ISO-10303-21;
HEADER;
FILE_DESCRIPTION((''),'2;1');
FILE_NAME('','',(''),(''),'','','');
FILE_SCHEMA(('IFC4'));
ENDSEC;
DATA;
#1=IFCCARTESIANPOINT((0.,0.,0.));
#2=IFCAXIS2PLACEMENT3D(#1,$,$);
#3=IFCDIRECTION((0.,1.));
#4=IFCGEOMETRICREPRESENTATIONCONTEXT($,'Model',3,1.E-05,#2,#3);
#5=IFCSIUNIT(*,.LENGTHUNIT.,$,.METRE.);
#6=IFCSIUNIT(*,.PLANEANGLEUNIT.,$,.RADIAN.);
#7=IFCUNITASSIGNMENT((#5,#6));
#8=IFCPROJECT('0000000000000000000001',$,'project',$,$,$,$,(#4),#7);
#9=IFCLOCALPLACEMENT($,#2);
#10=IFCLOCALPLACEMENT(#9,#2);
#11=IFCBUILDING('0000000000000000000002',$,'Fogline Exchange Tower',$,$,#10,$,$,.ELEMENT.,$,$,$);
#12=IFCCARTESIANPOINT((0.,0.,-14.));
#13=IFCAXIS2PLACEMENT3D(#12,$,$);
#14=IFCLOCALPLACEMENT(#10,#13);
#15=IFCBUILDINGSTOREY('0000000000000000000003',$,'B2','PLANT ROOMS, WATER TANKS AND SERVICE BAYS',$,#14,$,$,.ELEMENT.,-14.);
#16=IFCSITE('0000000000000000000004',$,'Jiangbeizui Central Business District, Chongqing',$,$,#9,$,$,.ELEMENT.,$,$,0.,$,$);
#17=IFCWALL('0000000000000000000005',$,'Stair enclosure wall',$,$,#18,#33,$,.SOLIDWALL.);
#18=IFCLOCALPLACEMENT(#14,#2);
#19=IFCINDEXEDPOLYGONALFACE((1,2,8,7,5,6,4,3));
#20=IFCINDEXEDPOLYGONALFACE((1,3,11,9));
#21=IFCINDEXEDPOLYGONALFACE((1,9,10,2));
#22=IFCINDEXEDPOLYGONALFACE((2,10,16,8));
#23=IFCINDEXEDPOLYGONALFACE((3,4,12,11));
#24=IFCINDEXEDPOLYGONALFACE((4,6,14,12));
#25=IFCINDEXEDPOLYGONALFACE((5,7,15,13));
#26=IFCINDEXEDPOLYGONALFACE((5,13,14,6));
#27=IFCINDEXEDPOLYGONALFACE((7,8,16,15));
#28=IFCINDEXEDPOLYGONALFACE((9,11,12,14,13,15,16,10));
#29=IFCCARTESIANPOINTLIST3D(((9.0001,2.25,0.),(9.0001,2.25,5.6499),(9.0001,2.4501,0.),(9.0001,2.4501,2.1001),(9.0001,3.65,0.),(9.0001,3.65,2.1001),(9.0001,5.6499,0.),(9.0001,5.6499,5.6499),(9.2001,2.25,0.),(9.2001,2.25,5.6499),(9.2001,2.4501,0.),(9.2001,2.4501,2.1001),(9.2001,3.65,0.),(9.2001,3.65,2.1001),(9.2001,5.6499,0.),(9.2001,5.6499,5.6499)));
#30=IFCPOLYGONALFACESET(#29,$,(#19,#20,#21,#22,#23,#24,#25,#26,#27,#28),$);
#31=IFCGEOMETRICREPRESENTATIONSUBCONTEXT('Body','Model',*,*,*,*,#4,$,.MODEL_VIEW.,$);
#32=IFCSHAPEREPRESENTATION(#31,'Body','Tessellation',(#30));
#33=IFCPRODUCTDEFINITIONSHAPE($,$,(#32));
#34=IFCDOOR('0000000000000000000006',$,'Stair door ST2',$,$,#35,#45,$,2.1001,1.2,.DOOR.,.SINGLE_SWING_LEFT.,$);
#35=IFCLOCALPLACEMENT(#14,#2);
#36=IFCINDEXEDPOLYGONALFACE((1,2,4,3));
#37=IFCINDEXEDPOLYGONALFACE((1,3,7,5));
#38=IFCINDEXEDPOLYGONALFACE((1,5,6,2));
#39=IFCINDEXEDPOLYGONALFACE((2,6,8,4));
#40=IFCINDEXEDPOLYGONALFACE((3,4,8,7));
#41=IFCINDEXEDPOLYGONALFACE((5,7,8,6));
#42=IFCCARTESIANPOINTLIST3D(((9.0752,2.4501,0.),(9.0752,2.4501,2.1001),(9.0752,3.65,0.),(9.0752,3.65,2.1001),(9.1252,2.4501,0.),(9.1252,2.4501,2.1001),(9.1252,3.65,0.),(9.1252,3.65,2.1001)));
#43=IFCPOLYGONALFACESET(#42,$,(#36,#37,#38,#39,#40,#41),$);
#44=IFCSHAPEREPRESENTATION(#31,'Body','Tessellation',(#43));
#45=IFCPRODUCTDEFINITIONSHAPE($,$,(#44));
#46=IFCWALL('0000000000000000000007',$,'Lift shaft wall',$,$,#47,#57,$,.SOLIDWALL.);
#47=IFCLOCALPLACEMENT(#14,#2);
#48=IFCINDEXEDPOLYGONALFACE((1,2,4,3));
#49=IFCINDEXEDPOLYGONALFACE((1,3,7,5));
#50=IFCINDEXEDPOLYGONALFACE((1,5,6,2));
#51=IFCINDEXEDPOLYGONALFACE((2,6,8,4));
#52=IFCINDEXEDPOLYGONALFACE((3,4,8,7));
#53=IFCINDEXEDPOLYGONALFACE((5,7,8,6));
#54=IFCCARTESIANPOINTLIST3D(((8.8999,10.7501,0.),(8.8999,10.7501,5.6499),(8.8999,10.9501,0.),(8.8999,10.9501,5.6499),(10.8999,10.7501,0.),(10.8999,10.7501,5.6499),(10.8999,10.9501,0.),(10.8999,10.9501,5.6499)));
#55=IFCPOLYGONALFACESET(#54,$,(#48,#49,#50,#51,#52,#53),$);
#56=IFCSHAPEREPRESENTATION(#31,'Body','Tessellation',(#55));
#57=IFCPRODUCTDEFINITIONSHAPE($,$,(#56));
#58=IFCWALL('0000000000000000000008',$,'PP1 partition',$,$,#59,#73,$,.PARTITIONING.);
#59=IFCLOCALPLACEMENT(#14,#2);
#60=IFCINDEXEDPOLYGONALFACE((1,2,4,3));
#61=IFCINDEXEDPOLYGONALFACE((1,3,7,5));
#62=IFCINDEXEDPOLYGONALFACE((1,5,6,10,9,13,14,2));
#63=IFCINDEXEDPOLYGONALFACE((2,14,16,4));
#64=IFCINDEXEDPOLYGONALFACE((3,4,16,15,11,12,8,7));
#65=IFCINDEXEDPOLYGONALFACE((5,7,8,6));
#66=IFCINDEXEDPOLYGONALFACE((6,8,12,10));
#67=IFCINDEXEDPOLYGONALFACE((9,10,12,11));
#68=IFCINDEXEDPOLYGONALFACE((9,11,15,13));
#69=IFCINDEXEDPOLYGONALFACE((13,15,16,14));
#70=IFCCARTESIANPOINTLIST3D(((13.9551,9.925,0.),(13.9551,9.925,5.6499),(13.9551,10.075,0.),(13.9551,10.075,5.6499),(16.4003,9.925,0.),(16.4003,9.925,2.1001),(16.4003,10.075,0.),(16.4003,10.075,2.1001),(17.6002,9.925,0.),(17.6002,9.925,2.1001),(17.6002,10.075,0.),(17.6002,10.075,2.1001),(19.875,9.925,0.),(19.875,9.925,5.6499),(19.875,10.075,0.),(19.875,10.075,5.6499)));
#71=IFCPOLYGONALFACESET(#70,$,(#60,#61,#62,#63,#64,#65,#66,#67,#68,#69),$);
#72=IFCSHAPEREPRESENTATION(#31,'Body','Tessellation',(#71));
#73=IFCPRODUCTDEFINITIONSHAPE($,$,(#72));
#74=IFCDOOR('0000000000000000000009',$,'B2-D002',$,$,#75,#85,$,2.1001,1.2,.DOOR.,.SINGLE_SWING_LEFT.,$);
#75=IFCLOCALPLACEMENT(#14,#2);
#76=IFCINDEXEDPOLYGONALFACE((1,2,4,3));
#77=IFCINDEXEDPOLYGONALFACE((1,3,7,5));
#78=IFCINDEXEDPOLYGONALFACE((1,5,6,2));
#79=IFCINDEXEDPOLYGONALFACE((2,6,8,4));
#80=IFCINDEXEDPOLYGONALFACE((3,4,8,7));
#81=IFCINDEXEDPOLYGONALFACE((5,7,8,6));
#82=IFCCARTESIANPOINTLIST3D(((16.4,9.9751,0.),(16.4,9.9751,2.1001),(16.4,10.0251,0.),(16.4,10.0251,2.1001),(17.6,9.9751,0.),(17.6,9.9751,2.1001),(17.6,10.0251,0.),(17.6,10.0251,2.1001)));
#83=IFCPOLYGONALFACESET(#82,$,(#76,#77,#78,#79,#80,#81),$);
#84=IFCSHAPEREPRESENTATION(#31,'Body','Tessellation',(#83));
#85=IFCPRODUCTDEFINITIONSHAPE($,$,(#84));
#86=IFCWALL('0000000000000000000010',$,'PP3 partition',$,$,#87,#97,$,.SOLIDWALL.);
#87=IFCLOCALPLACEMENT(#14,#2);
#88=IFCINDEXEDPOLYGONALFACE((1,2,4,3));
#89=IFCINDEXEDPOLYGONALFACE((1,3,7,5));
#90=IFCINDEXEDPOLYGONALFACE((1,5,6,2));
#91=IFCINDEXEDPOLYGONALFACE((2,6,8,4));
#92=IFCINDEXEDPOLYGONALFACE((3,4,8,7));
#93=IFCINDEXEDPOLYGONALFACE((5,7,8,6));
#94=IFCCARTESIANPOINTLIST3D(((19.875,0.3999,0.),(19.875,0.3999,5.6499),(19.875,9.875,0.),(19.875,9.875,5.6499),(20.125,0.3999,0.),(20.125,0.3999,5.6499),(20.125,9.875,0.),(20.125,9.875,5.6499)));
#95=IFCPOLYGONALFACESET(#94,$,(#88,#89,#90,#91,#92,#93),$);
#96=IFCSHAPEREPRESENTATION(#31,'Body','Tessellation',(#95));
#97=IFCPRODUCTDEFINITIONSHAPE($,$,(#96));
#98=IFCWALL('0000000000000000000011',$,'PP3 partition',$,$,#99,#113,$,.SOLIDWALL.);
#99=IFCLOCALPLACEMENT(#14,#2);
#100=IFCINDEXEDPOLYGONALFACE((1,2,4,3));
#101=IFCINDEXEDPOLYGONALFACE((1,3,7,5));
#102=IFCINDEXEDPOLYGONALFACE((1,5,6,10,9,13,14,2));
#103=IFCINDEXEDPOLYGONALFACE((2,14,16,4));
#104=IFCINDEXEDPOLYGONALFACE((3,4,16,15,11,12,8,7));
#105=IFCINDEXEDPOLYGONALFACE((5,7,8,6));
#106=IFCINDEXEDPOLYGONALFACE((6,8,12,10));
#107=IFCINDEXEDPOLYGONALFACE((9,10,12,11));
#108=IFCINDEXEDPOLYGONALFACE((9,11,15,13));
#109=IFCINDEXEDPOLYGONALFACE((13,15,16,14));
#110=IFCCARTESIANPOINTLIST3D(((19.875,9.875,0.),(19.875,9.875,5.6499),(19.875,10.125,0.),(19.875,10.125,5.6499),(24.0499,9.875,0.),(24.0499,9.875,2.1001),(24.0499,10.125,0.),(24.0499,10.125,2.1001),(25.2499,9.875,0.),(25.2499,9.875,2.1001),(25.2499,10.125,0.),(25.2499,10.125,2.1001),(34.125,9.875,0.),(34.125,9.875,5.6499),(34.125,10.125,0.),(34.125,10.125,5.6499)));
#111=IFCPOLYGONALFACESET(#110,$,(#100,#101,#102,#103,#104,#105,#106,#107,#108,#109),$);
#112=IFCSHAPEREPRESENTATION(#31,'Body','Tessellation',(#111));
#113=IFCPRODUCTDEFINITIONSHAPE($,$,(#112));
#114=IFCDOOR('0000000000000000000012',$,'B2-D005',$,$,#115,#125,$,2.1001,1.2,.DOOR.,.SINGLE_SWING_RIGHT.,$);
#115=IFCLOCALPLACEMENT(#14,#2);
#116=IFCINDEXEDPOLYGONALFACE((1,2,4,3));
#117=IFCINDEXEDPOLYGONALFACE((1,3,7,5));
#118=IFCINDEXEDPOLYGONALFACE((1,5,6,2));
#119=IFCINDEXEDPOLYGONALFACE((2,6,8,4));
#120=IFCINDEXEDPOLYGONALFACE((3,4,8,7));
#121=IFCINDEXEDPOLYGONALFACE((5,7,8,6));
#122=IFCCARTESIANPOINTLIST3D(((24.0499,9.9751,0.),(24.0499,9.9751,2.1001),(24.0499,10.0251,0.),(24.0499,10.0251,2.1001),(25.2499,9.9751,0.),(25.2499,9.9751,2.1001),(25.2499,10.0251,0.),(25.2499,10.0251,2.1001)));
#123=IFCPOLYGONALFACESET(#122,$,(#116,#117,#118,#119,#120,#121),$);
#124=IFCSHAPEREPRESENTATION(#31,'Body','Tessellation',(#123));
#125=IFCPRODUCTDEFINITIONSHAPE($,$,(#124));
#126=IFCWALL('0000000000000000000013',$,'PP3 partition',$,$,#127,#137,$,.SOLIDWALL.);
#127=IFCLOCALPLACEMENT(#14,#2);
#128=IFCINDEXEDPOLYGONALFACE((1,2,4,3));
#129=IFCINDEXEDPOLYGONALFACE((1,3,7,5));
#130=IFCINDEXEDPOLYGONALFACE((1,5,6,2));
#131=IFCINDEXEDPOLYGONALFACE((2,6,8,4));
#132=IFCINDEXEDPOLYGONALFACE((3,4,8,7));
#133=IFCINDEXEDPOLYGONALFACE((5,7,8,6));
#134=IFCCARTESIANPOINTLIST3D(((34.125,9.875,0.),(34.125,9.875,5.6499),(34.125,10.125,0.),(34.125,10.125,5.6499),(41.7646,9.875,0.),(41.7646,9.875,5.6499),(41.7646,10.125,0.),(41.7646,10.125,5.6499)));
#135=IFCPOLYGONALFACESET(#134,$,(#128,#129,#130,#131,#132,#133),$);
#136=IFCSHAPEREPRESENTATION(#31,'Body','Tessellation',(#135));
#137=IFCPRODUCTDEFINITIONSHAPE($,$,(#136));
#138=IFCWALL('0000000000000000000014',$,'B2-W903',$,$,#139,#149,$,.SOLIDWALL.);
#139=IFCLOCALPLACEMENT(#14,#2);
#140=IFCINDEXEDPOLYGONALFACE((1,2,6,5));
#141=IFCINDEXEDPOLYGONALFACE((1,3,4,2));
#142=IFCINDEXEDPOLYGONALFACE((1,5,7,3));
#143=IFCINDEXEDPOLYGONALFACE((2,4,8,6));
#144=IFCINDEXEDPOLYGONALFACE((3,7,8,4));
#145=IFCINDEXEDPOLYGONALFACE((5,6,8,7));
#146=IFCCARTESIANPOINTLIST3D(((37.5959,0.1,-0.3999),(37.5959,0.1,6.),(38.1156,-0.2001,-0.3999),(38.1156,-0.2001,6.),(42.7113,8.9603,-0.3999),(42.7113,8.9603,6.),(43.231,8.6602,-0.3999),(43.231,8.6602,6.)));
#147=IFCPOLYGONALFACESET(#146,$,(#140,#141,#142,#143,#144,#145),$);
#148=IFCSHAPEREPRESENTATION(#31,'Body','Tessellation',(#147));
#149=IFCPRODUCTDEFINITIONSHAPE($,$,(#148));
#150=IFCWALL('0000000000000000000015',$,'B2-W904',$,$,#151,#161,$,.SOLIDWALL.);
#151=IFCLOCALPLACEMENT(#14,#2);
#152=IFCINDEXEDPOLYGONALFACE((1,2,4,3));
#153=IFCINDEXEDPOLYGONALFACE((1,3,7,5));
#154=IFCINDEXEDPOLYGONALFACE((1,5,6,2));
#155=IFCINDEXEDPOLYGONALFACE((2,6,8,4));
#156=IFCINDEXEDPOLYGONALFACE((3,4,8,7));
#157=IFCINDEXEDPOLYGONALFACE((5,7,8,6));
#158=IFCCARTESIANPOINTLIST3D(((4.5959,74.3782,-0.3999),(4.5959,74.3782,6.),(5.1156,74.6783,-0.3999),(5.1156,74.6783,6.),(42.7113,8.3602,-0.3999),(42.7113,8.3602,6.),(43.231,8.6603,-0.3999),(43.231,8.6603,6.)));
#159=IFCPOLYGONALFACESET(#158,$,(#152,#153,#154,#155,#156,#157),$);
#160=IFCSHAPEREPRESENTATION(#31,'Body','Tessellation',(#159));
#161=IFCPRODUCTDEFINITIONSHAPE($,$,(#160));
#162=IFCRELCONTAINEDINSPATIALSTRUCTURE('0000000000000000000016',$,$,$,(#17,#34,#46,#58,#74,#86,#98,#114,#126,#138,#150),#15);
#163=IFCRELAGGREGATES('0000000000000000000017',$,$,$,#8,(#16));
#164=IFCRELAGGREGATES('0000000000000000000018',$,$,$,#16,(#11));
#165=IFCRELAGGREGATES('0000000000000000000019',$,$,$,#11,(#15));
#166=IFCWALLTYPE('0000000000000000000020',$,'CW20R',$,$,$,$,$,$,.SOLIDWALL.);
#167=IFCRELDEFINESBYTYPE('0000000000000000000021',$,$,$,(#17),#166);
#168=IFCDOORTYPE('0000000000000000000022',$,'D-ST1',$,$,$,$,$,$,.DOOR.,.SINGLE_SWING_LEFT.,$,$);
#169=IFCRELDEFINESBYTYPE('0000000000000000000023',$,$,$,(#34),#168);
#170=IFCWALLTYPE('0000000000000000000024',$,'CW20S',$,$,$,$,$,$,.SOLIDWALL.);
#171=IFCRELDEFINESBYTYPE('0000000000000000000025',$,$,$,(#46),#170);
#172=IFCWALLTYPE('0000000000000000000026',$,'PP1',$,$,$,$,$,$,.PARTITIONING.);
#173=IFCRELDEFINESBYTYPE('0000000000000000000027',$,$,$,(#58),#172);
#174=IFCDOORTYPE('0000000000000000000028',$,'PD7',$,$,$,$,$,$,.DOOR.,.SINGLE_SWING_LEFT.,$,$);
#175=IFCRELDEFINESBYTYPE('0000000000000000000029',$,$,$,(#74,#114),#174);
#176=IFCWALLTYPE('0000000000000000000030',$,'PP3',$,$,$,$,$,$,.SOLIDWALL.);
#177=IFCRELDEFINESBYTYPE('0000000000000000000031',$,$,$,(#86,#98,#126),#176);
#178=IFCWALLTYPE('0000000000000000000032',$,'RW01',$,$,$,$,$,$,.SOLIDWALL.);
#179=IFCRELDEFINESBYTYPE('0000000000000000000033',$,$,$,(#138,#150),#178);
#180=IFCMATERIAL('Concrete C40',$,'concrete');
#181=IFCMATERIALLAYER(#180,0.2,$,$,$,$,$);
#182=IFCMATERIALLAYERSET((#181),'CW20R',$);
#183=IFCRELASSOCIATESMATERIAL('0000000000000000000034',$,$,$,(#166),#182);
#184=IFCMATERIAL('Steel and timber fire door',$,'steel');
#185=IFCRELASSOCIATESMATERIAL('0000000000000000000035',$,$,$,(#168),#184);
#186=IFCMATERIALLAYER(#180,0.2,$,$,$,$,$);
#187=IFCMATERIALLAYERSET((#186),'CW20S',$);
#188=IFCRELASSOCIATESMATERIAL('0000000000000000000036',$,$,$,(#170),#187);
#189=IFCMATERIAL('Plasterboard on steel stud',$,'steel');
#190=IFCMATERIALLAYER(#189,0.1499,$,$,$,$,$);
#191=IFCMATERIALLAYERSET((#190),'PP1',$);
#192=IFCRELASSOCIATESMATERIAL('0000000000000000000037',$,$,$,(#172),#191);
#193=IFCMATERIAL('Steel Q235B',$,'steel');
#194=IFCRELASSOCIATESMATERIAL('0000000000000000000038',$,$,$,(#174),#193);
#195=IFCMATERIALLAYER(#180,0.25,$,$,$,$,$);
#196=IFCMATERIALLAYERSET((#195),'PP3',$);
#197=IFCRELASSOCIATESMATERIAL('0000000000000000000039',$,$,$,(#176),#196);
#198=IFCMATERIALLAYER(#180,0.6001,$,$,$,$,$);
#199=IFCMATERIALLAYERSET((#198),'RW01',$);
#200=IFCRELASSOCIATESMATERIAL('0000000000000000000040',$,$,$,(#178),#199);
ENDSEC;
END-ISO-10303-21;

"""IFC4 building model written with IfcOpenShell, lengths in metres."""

from ifc_helpers import new_model, si_unit, direction, frame, frame_2d, origin, place, context, subcontext, project, spatial, rectangle, extrude, material, layer, layer_set, type_object, element, fill, save


model = new_model("IFC4")

# Units and contexts
model_context = context("Model", 3, precision=1e-05, world=origin(), true_north=direction((0.0, 1.0)))
body_context = subcontext(model_context, "Body", "Model", "MODEL_VIEW")
ifc_project = project(units=[si_unit("LENGTHUNIT", "METRE"), si_unit("PLANEANGLEUNIT", "RADIAN")], contexts=[model_context])

# Site, building, storey
site_placement = place(None, origin())
site = spatial("IfcSite", under=ifc_project, at=site_placement, Name="Jiangbeizui Central Business District, Chongqing", CompositionType="ELEMENT", RefElevation=0.0)
building_placement = place(site_placement, origin())
building = spatial("IfcBuilding", under=site, at=building_placement, Name="Fogline Exchange Tower", CompositionType="ELEMENT")
storey_placement = place(building_placement, frame((0.0, 0.0, -14.0)))
storey = spatial("IfcBuildingStorey", under=building, at=storey_placement, Name="B2", Description="PLANT ROOMS, WATER TANKS AND SERVICE BAYS", CompositionType="ELEMENT", Elevation=-14.0)

# Shared definitions
ifc_material_1 = material(Name="Concrete C40", Category="concrete")

# Wall, opening, door
ifc_layer_1 = layer(ifc_material_1, 0.2)
ifc_layer_set_1 = layer_set([ifc_layer_1], Name="CW20R")
wall_type_1 = type_object("IfcWallType", Name="CW20R", PredefinedType="SOLIDWALL", material=ifc_layer_set_1)
wall_1_placement = place(storey_placement, frame((9.1001, 2.25, 0.0), z_axis=(0.0, 0.0, 1.0), x_axis=(0.0, 1.0, 0.0)))
wall_1 = element("IfcWall", 1, at=wall_1_placement, inside=storey, type_object=wall_type_1, Name="Stair enclosure wall", PredefinedType="SOLIDWALL", context=body_context, shape_type="SweptSolid", body=[
    extrude(rectangle(XDim=3.3999, YDim=0.2, at=frame_2d((1.7, 0.0))), origin(), (0.0, 0.0, 1.0), 5.6499),
])
opening_1_placement = place(wall_1_placement, frame((0.2, 0.0, 0.0)))
opening_1 = element("IfcOpeningElement", 2, at=opening_1_placement, cuts=wall_1, PredefinedType="OPENING", context=body_context, shape_type="SweptSolid", body=[
    extrude(rectangle(XDim=1.2, YDim=2.1001, at=frame_2d((0.6001, 1.05))), frame((0.0, 0.1099, 0.0), z_axis=(0.0, -1.0, 0.0), x_axis=(1.0, 0.0, 0.0)), (0.0, 0.0, 1.0), 0.22),
])
ifc_material_2 = material(Name="Steel and timber fire door", Category="steel")
door_type_1 = type_object("IfcDoorType", Name="D-ST1", OperationType="SINGLE_SWING_LEFT", PredefinedType="DOOR", material=ifc_material_2)
door_1_placement = place(opening_1_placement, origin())
door_1 = element("IfcDoor", 3, at=door_1_placement, inside=storey, type_object=door_type_1, Name="Stair door ST2", OperationType="SINGLE_SWING_LEFT", OverallHeight=2.1001, OverallWidth=1.2, PredefinedType="DOOR", context=body_context, shape_type="SweptSolid", body=[
    extrude(rectangle(XDim=1.2, YDim=2.1001, at=frame_2d((0.6001, 1.05))), frame((0.0, 0.0249, 0.0), z_axis=(0.0, -1.0, 0.0), x_axis=(1.0, 0.0, 0.0)), (0.0, 0.0, 1.0), 0.05),
])
fill(opening_1, door_1)

# Wall
ifc_layer_2 = layer(ifc_material_1, 0.2)
ifc_layer_set_2 = layer_set([ifc_layer_2], Name="CW20S")
wall_type_2 = type_object("IfcWallType", Name="CW20S", PredefinedType="SOLIDWALL", material=ifc_layer_set_2)
wall_2_placement = place(storey_placement, frame((8.8999, 10.8501, 0.0), z_axis=(0.0, 0.0, 1.0), x_axis=(1.0, 0.0, 0.0)))
element("IfcWall", 4, at=wall_2_placement, inside=storey, type_object=wall_type_2, Name="Lift shaft wall", PredefinedType="SOLIDWALL", context=body_context, shape_type="SweptSolid", body=[
    extrude(rectangle(XDim=2.0, YDim=0.2, at=frame_2d((1.0, 0.0))), origin(), (0.0, 0.0, 1.0), 5.6499),
])

# Wall, opening, door
ifc_material_3 = material(Name="Plasterboard on steel stud", Category="steel")
ifc_layer_3 = layer(ifc_material_3, 0.1499)
ifc_layer_set_3 = layer_set([ifc_layer_3], Name="PP1")
wall_type_3 = type_object("IfcWallType", Name="PP1", PredefinedType="PARTITIONING", material=ifc_layer_set_3)
wall_3_placement = place(storey_placement, frame((13.9551, 10.0, 0.0), z_axis=(0.0, 0.0, 1.0), x_axis=(1.0, 0.0, 0.0)))
wall_3 = element("IfcWall", 5, at=wall_3_placement, inside=storey, type_object=wall_type_3, Name="PP1 partition", PredefinedType="PARTITIONING", context=body_context, shape_type="SweptSolid", body=[
    extrude(rectangle(XDim=5.9199, YDim=0.1499, at=frame_2d((2.96, 0.0))), origin(), (0.0, 0.0, 1.0), 5.6499),
])
opening_2_placement = place(wall_3_placement, frame((2.4451, 0.0, 0.0)))
opening_2 = element("IfcOpeningElement", 6, at=opening_2_placement, cuts=wall_3, PredefinedType="OPENING", context=body_context, shape_type="SweptSolid", body=[
    extrude(rectangle(XDim=1.2, YDim=2.1001, at=frame_2d((0.6001, 1.05))), frame((0.0, 0.085, 0.0), z_axis=(0.0, -1.0, 0.0), x_axis=(1.0, 0.0, 0.0)), (0.0, 0.0, 1.0), 0.1699),
])
ifc_material_4 = material(Name="Steel Q235B", Category="steel")
door_type_2 = type_object("IfcDoorType", Name="PD7", OperationType="SINGLE_SWING_LEFT", PredefinedType="DOOR", material=ifc_material_4)
door_2_placement = place(opening_2_placement, frame((1.2, 0.0, 0.0), z_axis=(0.0, 0.0, 1.0), x_axis=(-1.0, 0.0, 0.0)))
door_2 = element("IfcDoor", 7, at=door_2_placement, inside=storey, type_object=door_type_2, Name="B2-D002", OperationType="SINGLE_SWING_LEFT", OverallHeight=2.1001, OverallWidth=1.2, PredefinedType="DOOR", context=body_context, shape_type="SweptSolid", body=[
    extrude(rectangle(XDim=1.2, YDim=2.1001, at=frame_2d((0.6001, 1.05))), frame((0.0, 0.0249, 0.0), z_axis=(0.0, -1.0, 0.0), x_axis=(1.0, 0.0, 0.0)), (0.0, 0.0, 1.0), 0.05),
])
fill(opening_2, door_2)

# Wall
ifc_layer_4 = layer(ifc_material_1, 0.25)
ifc_layer_set_4 = layer_set([ifc_layer_4], Name="PP3")
wall_type_4 = type_object("IfcWallType", Name="PP3", PredefinedType="SOLIDWALL", material=ifc_layer_set_4)
wall_4_placement = place(storey_placement, frame((20.0, 9.875, 0.0), z_axis=(0.0, 0.0, 1.0), x_axis=(0.0, -1.0, 0.0)))
element("IfcWall", 8, at=wall_4_placement, inside=storey, type_object=wall_type_4, Name="PP3 partition", PredefinedType="SOLIDWALL", context=body_context, shape_type="SweptSolid", body=[
    extrude(rectangle(XDim=9.4751, YDim=0.25, at=frame_2d((4.7375, 0.0))), origin(), (0.0, 0.0, 1.0), 5.6499),
])

# Wall, opening, door
wall_5_placement = place(storey_placement, frame((34.125, 10.0, 0.0), z_axis=(0.0, 0.0, 1.0), x_axis=(-1.0, 0.0, 0.0)))
wall_5 = element("IfcWall", 9, at=wall_5_placement, inside=storey, type_object=wall_type_4, Name="PP3 partition", PredefinedType="SOLIDWALL", context=body_context, shape_type="SweptSolid", body=[
    extrude(rectangle(XDim=14.25, YDim=0.25, at=frame_2d((7.125, 0.0))), origin(), (0.0, 0.0, 1.0), 5.6499),
])
opening_3_placement = place(wall_5_placement, frame((8.875, 0.0, 0.0)))
opening_3 = element("IfcOpeningElement", 10, at=opening_3_placement, cuts=wall_5, PredefinedType="OPENING", context=body_context, shape_type="SweptSolid", body=[
    extrude(rectangle(XDim=1.2, YDim=2.1001, at=frame_2d((0.6001, 1.05))), frame((0.0, 0.135, 0.0), z_axis=(0.0, -1.0, 0.0), x_axis=(1.0, 0.0, 0.0)), (0.0, 0.0, 1.0), 0.27),
])
door_3_placement = place(opening_3_placement, origin())
door_3 = element("IfcDoor", 11, at=door_3_placement, inside=storey, type_object=door_type_2, Name="B2-D005", OperationType="SINGLE_SWING_RIGHT", OverallHeight=2.1001, OverallWidth=1.2, PredefinedType="DOOR", context=body_context, shape_type="SweptSolid", body=[
    extrude(rectangle(XDim=1.2, YDim=2.1001, at=frame_2d((0.6001, 1.05))), frame((0.0, 0.0249, 0.0), z_axis=(0.0, -1.0, 0.0), x_axis=(1.0, 0.0, 0.0)), (0.0, 0.0, 1.0), 0.05),
])
fill(opening_3, door_3)

# Walls
wall_6_placement = place(storey_placement, frame((34.125, 10.0, 0.0), z_axis=(0.0, 0.0, 1.0), x_axis=(1.0, 0.0, 0.0)))
element("IfcWall", 12, at=wall_6_placement, inside=storey, type_object=wall_type_4, Name="PP3 partition", PredefinedType="SOLIDWALL", context=body_context, shape_type="SweptSolid", body=[
    extrude(rectangle(XDim=7.6396, YDim=0.25, at=frame_2d((3.8198, 0.0))), origin(), (0.0, 0.0, 1.0), 5.6499),
])
ifc_layer_5 = layer(ifc_material_1, 0.6001)
ifc_layer_set_5 = layer_set([ifc_layer_5], Name="RW01")
wall_type_5 = type_object("IfcWallType", Name="RW01", PredefinedType="SOLIDWALL", material=ifc_layer_set_5)
wall_7_placement = place(storey_placement, frame((37.8557, -0.05, -0.3999), z_axis=(0.0, 0.0, 1.0), x_axis=(0.499996, 0.866027, 0.0)))
element("IfcWall", 13, at=wall_7_placement, inside=storey, type_object=wall_type_5, Name="B2-W903", PredefinedType="SOLIDWALL", context=body_context, shape_type="SweptSolid", body=[
    extrude(rectangle(XDim=10.231, YDim=0.6001, at=frame_2d((5.1155, 0.0))), origin(), (0.0, 0.0, 1.0), 6.3999),
])
wall_8_placement = place(storey_placement, frame((42.9712, 8.5103, -0.3999), z_axis=(0.0, 0.0, 1.0), x_axis=(-0.499999, 0.866026, 0.0)))
element("IfcWall", 14, at=wall_8_placement, inside=storey, type_object=wall_type_5, Name="B2-W904", PredefinedType="SOLIDWALL", context=body_context, shape_type="SweptSolid", body=[
    extrude(rectangle(XDim=76.231, YDim=0.6001, at=frame_2d((38.1155, 0.0))), origin(), (0.0, 0.0, 1.0), 6.3999),
])

save(model, "model.ifc")
